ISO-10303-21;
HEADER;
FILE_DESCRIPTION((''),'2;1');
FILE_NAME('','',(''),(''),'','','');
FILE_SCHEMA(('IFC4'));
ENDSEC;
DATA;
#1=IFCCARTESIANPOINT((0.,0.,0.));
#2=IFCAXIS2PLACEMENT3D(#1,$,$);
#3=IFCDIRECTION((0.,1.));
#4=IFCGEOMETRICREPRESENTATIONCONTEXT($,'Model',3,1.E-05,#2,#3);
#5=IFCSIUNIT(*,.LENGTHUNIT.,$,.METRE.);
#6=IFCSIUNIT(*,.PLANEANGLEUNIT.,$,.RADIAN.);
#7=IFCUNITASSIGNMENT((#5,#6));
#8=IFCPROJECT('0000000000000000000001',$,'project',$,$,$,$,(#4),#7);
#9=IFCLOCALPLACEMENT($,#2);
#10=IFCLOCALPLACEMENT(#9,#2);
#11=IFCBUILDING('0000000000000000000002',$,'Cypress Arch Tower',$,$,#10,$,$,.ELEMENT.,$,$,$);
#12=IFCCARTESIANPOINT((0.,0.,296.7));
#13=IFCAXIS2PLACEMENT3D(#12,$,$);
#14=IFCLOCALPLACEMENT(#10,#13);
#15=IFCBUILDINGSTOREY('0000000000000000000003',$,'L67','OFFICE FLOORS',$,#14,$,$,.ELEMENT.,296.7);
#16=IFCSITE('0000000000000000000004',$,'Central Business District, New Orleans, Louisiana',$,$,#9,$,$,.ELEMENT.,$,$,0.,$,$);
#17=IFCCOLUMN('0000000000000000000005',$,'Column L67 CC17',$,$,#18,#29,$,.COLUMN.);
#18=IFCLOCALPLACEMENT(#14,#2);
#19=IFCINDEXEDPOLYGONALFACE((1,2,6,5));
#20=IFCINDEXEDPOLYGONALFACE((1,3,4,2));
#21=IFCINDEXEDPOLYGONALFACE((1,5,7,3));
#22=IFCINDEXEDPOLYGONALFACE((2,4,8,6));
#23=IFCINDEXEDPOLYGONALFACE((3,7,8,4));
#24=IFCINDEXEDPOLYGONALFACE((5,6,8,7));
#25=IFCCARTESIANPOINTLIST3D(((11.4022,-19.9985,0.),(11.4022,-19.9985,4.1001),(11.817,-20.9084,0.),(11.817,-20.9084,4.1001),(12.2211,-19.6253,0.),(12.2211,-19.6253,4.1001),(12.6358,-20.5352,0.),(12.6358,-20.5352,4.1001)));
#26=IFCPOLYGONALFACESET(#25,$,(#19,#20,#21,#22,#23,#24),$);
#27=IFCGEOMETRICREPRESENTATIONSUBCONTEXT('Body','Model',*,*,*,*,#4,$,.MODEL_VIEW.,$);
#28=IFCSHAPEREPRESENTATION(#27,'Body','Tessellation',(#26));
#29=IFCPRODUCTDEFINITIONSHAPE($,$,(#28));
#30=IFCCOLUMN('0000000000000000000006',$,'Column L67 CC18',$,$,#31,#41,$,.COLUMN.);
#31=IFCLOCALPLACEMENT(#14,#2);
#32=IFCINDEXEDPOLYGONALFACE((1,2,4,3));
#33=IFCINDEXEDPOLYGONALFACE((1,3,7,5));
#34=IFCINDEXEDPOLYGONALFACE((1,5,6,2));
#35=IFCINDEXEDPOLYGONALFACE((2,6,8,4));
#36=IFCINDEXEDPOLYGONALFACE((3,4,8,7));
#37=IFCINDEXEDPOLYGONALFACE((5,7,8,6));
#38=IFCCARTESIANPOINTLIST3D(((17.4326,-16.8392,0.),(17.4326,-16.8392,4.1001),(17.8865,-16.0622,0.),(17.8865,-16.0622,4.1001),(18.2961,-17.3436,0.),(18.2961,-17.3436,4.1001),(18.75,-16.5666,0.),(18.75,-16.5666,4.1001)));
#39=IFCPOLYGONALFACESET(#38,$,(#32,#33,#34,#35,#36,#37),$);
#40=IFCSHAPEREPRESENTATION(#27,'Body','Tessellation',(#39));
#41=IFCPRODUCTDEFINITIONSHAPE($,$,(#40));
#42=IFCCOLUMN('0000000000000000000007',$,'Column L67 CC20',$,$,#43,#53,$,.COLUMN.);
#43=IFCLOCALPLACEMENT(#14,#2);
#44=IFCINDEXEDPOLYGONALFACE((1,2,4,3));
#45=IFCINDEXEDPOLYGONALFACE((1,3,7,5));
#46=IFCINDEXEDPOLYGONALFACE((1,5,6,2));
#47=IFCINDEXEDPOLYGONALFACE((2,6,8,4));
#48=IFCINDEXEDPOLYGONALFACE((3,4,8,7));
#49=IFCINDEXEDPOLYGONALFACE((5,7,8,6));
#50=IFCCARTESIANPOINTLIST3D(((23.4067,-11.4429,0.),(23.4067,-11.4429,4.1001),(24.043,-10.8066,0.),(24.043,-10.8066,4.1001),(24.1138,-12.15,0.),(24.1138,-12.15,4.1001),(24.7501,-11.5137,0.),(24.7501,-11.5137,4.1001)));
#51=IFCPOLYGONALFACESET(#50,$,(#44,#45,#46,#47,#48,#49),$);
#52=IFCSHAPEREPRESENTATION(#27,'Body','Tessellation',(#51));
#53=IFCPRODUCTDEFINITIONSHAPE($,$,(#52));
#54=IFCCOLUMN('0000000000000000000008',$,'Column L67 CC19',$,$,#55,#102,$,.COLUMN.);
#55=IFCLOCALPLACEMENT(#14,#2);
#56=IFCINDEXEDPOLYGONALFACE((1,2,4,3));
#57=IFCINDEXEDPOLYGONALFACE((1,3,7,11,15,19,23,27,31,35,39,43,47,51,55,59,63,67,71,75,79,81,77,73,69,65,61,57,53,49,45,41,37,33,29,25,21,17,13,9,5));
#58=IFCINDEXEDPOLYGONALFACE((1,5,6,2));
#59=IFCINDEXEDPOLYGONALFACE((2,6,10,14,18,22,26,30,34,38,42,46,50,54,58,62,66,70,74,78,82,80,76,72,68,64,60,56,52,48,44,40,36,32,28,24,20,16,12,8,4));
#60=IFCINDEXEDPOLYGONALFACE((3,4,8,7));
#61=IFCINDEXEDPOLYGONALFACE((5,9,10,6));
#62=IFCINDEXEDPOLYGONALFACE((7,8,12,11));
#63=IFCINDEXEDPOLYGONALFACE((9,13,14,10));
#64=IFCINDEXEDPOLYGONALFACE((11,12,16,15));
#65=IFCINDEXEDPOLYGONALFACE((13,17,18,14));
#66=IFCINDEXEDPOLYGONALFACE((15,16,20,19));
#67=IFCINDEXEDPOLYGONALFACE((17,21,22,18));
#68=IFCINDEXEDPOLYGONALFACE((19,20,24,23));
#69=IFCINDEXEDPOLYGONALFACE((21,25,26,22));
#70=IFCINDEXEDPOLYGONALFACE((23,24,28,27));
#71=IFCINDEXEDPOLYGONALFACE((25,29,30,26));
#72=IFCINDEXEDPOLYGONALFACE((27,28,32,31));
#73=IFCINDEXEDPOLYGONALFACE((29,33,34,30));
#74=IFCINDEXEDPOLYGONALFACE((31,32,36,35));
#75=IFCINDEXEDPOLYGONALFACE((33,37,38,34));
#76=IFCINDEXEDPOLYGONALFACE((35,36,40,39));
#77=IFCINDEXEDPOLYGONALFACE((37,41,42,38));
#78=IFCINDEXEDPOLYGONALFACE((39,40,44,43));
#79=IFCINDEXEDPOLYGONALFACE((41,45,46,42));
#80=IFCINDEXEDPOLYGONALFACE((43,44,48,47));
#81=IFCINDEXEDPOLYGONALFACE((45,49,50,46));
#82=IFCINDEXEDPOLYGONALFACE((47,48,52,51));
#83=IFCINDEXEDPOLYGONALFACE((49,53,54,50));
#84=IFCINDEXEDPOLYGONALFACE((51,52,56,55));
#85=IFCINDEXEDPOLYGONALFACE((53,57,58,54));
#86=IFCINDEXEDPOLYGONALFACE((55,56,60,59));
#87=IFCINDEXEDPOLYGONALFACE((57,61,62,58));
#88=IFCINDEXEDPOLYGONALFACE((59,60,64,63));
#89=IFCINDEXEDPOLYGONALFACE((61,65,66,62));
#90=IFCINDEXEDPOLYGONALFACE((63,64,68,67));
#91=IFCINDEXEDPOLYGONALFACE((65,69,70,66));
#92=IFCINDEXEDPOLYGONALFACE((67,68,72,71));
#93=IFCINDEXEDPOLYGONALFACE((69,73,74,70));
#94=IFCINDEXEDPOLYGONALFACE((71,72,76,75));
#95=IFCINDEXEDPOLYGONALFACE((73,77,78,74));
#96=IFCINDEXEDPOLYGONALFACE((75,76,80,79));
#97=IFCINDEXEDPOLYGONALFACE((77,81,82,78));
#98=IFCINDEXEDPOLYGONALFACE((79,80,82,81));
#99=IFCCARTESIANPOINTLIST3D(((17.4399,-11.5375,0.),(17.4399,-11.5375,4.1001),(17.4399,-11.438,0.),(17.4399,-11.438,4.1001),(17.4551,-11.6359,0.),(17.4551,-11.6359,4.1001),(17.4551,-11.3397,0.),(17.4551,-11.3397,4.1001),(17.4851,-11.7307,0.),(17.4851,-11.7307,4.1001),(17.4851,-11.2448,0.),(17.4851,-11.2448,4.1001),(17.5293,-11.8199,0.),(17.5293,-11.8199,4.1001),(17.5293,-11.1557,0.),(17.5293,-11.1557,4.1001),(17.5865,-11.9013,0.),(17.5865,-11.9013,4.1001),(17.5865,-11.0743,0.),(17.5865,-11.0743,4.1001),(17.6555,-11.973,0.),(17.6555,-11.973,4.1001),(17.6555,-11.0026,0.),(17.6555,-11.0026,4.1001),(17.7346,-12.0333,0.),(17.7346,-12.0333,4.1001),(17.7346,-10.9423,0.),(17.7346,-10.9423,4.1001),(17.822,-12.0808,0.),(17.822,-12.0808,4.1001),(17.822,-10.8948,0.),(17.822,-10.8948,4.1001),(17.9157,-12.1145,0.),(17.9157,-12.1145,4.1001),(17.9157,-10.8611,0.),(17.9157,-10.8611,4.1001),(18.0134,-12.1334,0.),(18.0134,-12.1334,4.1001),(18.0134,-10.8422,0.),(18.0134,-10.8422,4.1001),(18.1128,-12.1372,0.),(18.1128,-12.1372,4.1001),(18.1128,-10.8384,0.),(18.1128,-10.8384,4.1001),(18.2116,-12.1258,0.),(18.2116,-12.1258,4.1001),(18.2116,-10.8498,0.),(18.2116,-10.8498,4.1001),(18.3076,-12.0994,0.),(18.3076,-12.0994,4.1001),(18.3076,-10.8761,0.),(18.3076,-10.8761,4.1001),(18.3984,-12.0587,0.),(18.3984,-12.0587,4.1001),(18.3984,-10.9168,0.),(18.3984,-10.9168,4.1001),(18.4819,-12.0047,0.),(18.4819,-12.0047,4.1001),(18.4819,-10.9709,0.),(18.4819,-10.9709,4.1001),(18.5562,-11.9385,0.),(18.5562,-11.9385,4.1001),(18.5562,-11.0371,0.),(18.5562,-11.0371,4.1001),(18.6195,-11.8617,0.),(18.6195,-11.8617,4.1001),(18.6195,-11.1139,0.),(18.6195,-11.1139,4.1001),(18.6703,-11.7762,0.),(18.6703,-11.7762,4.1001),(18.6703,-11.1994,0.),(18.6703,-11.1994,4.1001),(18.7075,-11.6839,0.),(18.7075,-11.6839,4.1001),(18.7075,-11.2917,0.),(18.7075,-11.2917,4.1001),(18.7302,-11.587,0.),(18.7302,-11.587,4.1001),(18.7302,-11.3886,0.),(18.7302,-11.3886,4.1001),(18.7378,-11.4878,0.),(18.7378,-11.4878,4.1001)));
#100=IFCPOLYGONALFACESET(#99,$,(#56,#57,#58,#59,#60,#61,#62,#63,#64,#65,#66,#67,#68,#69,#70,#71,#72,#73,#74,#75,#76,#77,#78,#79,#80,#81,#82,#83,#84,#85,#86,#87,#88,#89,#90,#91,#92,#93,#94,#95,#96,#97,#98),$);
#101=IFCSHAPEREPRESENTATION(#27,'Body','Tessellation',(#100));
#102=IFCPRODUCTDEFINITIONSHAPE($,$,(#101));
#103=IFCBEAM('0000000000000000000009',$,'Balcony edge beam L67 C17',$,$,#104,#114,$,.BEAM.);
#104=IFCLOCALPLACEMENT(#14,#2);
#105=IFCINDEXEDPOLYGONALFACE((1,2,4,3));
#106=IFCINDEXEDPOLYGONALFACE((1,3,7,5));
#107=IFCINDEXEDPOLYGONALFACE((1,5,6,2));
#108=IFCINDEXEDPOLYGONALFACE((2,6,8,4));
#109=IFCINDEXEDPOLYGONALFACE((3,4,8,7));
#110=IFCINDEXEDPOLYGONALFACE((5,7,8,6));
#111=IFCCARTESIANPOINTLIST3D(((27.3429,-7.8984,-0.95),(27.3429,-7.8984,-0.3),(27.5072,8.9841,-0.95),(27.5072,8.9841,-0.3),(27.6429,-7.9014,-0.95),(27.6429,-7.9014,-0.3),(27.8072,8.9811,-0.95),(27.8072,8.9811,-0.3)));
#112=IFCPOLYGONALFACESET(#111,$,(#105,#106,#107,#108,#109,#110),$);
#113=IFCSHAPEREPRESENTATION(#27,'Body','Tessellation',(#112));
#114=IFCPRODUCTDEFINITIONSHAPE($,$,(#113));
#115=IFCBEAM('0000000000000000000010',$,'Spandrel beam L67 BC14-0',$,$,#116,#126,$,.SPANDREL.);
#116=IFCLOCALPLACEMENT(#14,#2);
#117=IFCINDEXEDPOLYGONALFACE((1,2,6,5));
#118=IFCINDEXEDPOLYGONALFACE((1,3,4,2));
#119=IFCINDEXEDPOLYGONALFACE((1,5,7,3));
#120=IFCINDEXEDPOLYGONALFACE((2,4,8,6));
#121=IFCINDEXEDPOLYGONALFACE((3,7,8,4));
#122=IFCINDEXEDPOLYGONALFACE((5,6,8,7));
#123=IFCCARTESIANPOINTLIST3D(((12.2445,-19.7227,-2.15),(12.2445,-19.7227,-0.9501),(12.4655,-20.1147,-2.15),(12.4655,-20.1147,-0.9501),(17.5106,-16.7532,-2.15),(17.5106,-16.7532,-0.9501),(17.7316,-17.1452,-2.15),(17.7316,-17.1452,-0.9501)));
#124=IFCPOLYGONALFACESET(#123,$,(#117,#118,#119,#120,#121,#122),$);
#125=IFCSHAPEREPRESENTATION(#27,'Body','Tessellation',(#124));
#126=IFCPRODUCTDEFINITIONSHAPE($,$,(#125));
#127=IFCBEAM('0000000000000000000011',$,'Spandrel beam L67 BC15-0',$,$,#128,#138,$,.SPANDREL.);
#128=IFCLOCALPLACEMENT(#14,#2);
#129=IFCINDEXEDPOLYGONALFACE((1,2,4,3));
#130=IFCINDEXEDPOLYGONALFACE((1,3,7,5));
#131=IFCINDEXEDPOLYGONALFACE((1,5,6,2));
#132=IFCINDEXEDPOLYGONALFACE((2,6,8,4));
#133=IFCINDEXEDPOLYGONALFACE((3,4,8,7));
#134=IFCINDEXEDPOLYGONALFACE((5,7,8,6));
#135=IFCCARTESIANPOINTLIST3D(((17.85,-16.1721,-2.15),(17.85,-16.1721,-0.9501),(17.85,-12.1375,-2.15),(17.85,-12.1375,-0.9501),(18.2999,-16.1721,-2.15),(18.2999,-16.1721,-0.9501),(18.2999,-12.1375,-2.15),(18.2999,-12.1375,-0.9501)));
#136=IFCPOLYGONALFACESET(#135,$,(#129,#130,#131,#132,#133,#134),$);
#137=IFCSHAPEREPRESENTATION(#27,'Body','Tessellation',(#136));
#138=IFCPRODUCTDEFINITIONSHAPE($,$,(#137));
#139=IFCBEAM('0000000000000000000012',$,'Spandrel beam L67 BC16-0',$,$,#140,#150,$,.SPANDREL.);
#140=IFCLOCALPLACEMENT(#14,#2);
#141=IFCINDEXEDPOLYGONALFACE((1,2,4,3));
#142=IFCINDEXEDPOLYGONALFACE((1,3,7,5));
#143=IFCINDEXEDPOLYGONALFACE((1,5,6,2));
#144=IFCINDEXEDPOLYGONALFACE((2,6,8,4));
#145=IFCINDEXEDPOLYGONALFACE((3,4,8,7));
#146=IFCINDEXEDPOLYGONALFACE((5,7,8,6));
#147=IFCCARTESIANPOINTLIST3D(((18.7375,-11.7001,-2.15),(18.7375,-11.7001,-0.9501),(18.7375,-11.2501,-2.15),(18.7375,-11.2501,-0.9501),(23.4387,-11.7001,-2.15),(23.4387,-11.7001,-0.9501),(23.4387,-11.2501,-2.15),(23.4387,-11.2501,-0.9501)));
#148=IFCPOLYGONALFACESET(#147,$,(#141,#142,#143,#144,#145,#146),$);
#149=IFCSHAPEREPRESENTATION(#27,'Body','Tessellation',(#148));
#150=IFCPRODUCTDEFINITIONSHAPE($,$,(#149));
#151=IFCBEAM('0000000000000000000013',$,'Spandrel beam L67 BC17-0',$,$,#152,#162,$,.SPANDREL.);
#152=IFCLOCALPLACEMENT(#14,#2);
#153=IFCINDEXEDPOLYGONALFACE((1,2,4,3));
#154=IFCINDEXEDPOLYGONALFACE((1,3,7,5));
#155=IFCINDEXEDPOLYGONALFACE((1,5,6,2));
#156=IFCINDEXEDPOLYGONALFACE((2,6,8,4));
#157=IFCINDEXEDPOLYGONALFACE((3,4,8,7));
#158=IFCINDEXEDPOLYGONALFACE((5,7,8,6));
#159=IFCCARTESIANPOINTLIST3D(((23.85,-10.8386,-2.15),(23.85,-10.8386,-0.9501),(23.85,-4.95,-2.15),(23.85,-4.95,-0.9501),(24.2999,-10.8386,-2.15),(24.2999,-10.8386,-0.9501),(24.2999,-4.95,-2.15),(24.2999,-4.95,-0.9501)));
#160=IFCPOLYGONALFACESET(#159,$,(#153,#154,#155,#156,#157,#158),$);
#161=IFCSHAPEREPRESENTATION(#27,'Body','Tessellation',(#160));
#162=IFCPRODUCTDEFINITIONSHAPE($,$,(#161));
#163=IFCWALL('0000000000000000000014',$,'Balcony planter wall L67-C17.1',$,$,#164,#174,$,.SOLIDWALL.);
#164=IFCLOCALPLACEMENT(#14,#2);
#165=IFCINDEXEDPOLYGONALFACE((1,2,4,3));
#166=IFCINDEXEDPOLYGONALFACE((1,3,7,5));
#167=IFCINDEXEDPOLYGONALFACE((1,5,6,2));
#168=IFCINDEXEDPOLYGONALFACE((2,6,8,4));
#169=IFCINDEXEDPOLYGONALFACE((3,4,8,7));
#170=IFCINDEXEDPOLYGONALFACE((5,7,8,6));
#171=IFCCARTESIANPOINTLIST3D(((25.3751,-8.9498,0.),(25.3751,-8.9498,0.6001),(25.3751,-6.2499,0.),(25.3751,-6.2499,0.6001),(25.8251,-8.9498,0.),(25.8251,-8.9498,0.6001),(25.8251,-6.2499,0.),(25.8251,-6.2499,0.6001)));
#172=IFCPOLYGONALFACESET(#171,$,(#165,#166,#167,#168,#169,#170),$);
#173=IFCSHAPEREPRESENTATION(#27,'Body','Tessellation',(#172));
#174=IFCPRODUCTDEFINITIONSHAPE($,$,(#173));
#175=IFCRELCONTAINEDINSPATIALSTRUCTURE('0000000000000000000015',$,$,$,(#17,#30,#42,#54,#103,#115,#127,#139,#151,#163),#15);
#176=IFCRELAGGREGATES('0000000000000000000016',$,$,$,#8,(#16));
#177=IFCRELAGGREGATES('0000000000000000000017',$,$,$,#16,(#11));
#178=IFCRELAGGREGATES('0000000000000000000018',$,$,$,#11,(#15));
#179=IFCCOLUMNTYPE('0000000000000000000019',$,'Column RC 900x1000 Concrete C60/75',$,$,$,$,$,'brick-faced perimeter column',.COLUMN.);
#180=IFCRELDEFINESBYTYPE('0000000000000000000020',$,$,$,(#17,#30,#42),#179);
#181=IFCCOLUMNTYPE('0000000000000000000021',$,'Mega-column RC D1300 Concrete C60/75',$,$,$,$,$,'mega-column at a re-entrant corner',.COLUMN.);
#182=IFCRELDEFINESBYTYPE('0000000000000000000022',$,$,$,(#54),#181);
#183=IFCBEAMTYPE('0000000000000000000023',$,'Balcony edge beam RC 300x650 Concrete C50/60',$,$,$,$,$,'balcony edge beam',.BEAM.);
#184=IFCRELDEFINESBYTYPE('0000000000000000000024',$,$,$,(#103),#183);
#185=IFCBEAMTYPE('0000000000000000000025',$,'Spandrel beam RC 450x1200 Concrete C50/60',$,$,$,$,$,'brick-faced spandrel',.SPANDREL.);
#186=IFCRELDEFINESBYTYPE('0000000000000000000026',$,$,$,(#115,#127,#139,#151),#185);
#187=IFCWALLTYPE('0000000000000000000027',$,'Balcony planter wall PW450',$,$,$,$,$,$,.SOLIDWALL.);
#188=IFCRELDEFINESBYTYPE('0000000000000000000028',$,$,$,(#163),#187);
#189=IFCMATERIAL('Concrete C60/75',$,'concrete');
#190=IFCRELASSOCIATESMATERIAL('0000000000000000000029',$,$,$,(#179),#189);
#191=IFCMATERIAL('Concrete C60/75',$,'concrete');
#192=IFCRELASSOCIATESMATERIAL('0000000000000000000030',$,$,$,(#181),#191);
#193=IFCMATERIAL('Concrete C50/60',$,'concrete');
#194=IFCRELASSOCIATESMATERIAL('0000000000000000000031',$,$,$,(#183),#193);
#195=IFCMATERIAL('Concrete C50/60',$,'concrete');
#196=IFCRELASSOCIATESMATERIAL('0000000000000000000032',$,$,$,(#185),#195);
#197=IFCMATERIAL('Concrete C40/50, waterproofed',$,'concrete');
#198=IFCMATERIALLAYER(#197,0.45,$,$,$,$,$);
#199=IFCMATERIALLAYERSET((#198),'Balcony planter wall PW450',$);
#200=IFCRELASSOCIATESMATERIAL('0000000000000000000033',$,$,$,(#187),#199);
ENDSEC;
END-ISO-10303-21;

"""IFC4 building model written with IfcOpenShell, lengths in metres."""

from ifc_helpers import new_model, si_unit, direction, frame, frame_2d, origin, origin_2d, place, context, subcontext, project, spatial, rectangle, circle, extrude, material, layer, layer_set, material_profile, profile_set, type_object, element, save


model = new_model("IFC4")

# Units and contexts
model_context = context("Model", 3, precision=1e-05, world=origin(), true_north=direction((0.0, 1.0)))
body_context = subcontext(model_context, "Body", "Model", "MODEL_VIEW")
ifc_project = project(units=[si_unit("LENGTHUNIT", "METRE"), si_unit("PLANEANGLEUNIT", "RADIAN")], contexts=[model_context])

# Site, building, storey
site_placement = place(None, origin())
site = spatial("IfcSite", under=ifc_project, at=site_placement, Name="Central Business District, New Orleans, Louisiana", CompositionType="ELEMENT", RefElevation=0.0)
building_placement = place(site_placement, origin())
building = spatial("IfcBuilding", under=site, at=building_placement, Name="Cypress Arch Tower", CompositionType="ELEMENT")
storey_placement = place(building_placement, frame((0.0, 0.0, 296.7)))
storey = spatial("IfcBuildingStorey", under=building, at=storey_placement, Name="L67", Description="OFFICE FLOORS", CompositionType="ELEMENT", Elevation=296.7)

# Columns
ifc_material_1 = material(Name="Concrete C60/75", Category="concrete")
ifc_material_profile_1 = material_profile(ifc_material_1, rectangle(XDim=0.8999, YDim=1.0, at=origin_2d()), Name="RC 900x1000")
ifc_profile_set_1 = profile_set([ifc_material_profile_1], Name="Concrete C60/75")
column_type_1 = type_object("IfcColumnType", Name="Column RC 900x1000 Concrete C60/75", ElementType="brick-faced perimeter column", PredefinedType="COLUMN", material=ifc_profile_set_1)
for number, where, z_axis, x_axis, name in (
    (1, (12.019, -20.2668, 0.0), (0.0, 0.0, 1.0), (0.909932, 0.414757, 0.0), "Column L67 CC17"),
    (2, (18.0913, -16.7029, 0.0), (0.0, 0.0, 1.0), (0.504399, 0.863471, 0.0), "Column L67 CC18"),
    (3, (24.0784, -11.4783, 0.0), (0.0, 0.0, 1.0), (0.707107, 0.707107, 0.0), "Column L67 CC20"),
):
    element("IfcColumn", number, at=place(storey_placement, frame(where, z_axis=z_axis, x_axis=x_axis)), inside=storey, type_object=column_type_1, Name=name, PredefinedType="COLUMN", context=body_context, shape_type="SweptSolid", body=[
        extrude(rectangle(XDim=0.8999, YDim=1.0, at=origin_2d()), origin(), (0.0, 0.0, 1.0), 4.1001),
    ])
ifc_material_2 = material(Name="Concrete C60/75", Category="concrete")
ifc_material_profile_2 = material_profile(ifc_material_2, circle(Radius=0.6499, at=origin_2d()), Name="RC D1300")
ifc_profile_set_2 = profile_set([ifc_material_profile_2], Name="Concrete C60/75")
column_type_2 = type_object("IfcColumnType", Name="Mega-column RC D1300 Concrete C60/75", ElementType="mega-column at a re-entrant corner", PredefinedType="COLUMN", material=ifc_profile_set_2)
column_placement = place(storey_placement, frame((18.0879, -11.4878, 0.0), z_axis=(0.0, 0.0, 1.0), x_axis=(1.0, 0.0, 0.0)))
element("IfcColumn", 4, at=column_placement, inside=storey, type_object=column_type_2, Name="Column L67 CC19", PredefinedType="COLUMN", context=body_context, shape_type="SweptSolid", body=[
    extrude(circle(Radius=0.6499, at=origin_2d()), origin(), (0.0, 0.0, 1.0), 4.1001),
])

# Beams
ifc_material_3 = material(Name="Concrete C50/60", Category="concrete")
ifc_material_profile_3 = material_profile(ifc_material_3, rectangle(XDim=0.3, YDim=0.6499, at=origin_2d()), Name="RC 300x650")
ifc_profile_set_3 = profile_set([ifc_material_profile_3], Name="Concrete C50/60")
beam_type_1 = type_object("IfcBeamType", Name="Balcony edge beam RC 300x650 Concrete C50/60", ElementType="balcony edge beam", PredefinedType="BEAM", material=ifc_profile_set_3)
beam_1_placement = place(storey_placement, frame((27.4929, -7.8999, -0.625), z_axis=(0.009732, 0.999953, 0.0), x_axis=(-0.999953, 0.009732, 0.0)))
element("IfcBeam", 5, at=beam_1_placement, inside=storey, type_object=beam_type_1, Name="Balcony edge beam L67 C17", PredefinedType="BEAM", context=body_context, shape_type="SweptSolid", body=[
    extrude(rectangle(XDim=0.3, YDim=0.6499, at=origin_2d()), origin(), (0.0, 0.0, 1.0), 16.8833),
])
ifc_material_4 = material(Name="Concrete C50/60", Category="concrete")
ifc_material_profile_4 = material_profile(ifc_material_4, rectangle(XDim=0.45, YDim=1.2, at=origin_2d()), Name="RC 450x1200")
ifc_profile_set_4 = profile_set([ifc_material_profile_4], Name="Concrete C50/60")
beam_type_2 = type_object("IfcBeamType", Name="Spandrel beam RC 450x1200 Concrete C50/60", ElementType="brick-faced spandrel", PredefinedType="SPANDREL", material=ifc_profile_set_4)
beam_2_placement = place(storey_placement, frame((12.355, -19.9187, -1.55), z_axis=(0.87106, 0.491177, 0.0), x_axis=(-0.491177, 0.87106, 0.0)))
element("IfcBeam", 6, at=beam_2_placement, inside=storey, type_object=beam_type_2, Name="Spandrel beam L67 BC14-0", PredefinedType="SPANDREL", context=body_context, shape_type="SweptSolid", body=[
    extrude(rectangle(XDim=0.45, YDim=1.2, at=origin_2d()), origin(), (0.0, 0.0, 1.0), 6.0457),
])
beam_3_placement = place(storey_placement, frame((18.075, -16.1721, -1.55), z_axis=(0.0, 1.0, 0.0), x_axis=(-1.0, 0.0, 0.0)))
element("IfcBeam", 7, at=beam_3_placement, inside=storey, type_object=beam_type_2, Name="Spandrel beam L67 BC15-0", PredefinedType="SPANDREL", context=body_context, shape_type="SweptSolid", body=[
    extrude(rectangle(XDim=0.45, YDim=1.2, at=origin_2d()), origin(), (0.0, 0.0, 1.0), 4.0347),
])
beam_4_placement = place(storey_placement, frame((18.7375, -11.4751, -1.55), z_axis=(1.0, 0.0, 0.0), x_axis=(0.0, 1.0, 0.0)))
element("IfcBeam", 8, at=beam_4_placement, inside=storey, type_object=beam_type_2, Name="Spandrel beam L67 BC16-0", PredefinedType="SPANDREL", context=body_context, shape_type="SweptSolid", body=[
    extrude(rectangle(XDim=0.45, YDim=1.2, at=origin_2d()), origin(), (0.0, 0.0, 1.0), 4.7012),
])
beam_5_placement = place(storey_placement, frame((24.075, -10.8386, -1.55), z_axis=(0.0, 1.0, 0.0), x_axis=(-1.0, 0.0, 0.0)))
element("IfcBeam", 9, at=beam_5_placement, inside=storey, type_object=beam_type_2, Name="Spandrel beam L67 BC17-0", PredefinedType="SPANDREL", context=body_context, shape_type="SweptSolid", body=[
    extrude(rectangle(XDim=0.45, YDim=1.2, at=origin_2d()), origin(), (0.0, 0.0, 1.0), 5.8887),
])

# Wall
ifc_material_5 = material(Name="Concrete C40/50, waterproofed", Category="concrete")
ifc_layer_1 = layer(ifc_material_5, 0.45)
ifc_layer_set_1 = layer_set([ifc_layer_1], Name="Balcony planter wall PW450")
wall_type_1 = type_object("IfcWallType", Name="Balcony planter wall PW450", PredefinedType="SOLIDWALL", material=ifc_layer_set_1)
wall_1_placement = place(storey_placement, frame((25.6001, -8.95, 0.0), z_axis=(0.0, 0.0, 1.0), x_axis=(0.0, 1.0, 0.0)))
element("IfcWall", 10, at=wall_1_placement, inside=storey, type_object=wall_type_1, Name="Balcony planter wall L67-C17.1", PredefinedType="SOLIDWALL", context=body_context, shape_type="SweptSolid", body=[
    extrude(rectangle(XDim=2.7, YDim=0.45, at=frame_2d((1.3501, 0.0))), origin(), (0.0, 0.0, 1.0), 0.6001),
])

save(model, "model.ifc")
